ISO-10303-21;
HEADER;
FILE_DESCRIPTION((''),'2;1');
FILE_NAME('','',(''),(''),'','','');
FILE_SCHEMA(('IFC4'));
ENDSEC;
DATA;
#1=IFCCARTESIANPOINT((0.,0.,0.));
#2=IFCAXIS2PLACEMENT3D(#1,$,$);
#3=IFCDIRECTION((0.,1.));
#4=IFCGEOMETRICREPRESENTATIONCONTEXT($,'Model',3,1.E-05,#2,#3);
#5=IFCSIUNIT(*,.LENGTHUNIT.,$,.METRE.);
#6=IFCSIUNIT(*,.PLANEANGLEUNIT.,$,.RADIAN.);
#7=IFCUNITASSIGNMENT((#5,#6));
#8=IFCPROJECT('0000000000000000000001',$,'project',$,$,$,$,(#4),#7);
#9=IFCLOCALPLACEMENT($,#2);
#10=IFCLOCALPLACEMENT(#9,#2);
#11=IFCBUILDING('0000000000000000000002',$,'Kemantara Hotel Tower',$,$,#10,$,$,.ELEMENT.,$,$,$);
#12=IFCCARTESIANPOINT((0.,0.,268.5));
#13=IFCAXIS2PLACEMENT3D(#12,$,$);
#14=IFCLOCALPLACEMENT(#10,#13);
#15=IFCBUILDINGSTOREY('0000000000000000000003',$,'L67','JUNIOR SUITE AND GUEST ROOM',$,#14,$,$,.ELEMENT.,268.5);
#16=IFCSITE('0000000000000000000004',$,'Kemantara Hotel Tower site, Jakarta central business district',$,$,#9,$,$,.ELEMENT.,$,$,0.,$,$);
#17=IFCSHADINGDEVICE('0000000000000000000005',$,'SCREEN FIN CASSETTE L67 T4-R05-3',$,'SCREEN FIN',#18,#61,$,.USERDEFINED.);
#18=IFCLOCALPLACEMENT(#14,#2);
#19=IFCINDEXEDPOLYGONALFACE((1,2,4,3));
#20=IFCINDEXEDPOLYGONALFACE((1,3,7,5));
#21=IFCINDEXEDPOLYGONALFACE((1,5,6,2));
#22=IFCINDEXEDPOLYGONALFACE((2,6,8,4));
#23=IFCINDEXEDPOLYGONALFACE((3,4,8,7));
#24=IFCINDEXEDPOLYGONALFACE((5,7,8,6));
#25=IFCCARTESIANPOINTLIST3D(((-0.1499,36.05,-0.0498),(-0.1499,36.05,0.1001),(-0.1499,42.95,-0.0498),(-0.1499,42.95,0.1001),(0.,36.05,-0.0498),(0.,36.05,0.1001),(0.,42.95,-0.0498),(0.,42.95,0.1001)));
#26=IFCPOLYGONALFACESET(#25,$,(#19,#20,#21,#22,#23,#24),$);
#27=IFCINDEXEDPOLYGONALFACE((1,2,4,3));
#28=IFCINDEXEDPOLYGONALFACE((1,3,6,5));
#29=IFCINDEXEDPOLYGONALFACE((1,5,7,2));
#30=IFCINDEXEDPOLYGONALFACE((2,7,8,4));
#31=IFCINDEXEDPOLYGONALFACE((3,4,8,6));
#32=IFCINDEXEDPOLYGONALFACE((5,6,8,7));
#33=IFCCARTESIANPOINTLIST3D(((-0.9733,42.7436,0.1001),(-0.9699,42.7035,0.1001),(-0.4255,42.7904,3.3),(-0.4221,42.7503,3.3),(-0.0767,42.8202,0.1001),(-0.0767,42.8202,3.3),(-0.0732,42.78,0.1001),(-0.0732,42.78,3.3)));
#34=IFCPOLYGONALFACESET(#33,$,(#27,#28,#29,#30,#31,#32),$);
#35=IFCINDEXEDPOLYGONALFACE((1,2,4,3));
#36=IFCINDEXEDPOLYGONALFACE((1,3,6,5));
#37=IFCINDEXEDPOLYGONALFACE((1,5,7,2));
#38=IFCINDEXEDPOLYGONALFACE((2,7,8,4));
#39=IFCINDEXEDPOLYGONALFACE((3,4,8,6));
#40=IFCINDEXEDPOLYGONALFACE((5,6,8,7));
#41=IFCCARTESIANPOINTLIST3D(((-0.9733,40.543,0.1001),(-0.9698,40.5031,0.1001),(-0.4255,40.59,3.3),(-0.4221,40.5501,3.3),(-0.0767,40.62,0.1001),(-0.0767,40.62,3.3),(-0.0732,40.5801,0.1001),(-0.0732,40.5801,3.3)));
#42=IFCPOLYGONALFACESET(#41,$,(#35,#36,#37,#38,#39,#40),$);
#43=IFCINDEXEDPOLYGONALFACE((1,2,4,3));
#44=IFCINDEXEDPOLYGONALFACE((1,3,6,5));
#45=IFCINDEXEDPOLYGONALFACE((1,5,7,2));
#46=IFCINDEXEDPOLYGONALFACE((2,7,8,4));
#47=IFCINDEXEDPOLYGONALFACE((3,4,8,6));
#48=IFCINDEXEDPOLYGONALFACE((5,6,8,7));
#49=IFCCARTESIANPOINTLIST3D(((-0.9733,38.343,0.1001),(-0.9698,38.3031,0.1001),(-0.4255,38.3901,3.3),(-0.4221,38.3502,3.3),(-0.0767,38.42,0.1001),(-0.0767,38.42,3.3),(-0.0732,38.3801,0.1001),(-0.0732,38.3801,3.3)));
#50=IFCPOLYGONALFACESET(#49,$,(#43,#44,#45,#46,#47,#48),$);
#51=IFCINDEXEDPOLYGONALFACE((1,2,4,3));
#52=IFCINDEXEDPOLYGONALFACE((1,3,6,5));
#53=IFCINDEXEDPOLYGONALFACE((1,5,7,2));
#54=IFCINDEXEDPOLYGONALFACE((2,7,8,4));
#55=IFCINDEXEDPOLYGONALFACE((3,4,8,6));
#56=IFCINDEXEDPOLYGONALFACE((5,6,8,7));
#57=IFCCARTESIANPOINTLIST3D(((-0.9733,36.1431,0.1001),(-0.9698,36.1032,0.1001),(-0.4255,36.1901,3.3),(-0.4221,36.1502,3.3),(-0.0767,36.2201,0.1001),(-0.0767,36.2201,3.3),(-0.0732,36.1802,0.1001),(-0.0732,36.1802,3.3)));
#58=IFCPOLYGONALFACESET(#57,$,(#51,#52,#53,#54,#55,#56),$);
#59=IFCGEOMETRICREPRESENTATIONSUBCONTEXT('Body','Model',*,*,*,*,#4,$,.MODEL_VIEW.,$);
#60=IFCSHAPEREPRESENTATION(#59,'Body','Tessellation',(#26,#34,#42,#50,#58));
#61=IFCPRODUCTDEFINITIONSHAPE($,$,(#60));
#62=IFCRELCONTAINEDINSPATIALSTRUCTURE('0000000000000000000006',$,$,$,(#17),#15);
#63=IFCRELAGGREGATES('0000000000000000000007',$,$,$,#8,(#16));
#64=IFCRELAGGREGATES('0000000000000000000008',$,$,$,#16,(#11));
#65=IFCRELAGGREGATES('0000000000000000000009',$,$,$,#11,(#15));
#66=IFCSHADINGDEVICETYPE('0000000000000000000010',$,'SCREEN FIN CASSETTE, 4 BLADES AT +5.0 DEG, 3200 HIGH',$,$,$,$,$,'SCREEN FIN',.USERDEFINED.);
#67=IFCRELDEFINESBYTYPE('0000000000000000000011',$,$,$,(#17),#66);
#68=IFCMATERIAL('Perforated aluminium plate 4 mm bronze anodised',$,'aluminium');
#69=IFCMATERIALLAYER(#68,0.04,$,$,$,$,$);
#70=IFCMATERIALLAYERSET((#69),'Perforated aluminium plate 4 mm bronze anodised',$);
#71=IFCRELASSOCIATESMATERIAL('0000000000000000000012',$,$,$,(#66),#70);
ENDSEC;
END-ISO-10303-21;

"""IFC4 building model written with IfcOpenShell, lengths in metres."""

from ifc_helpers import new_model, si_unit, direction, frame, origin, origin_2d, place, context, subcontext, project, spatial, polyline, rectangle, outline, extrude, source, transform, mapped, material, layer, layer_set, type_object, element, save


model = new_model("IFC4")

# Units and contexts
model_context = context("Model", 3, precision=1e-05, world=origin(), true_north=direction((0.0, 1.0)))
body_context = subcontext(model_context, "Body", "Model", "MODEL_VIEW")
ifc_project = project(units=[si_unit("LENGTHUNIT", "METRE"), si_unit("PLANEANGLEUNIT", "RADIAN")], contexts=[model_context])

# Site, building, storey
site_placement = place(None, origin())
site = spatial("IfcSite", under=ifc_project, at=site_placement, Name="Kemantara Hotel Tower site, Jakarta central business district", CompositionType="ELEMENT", RefElevation=0.0)
building_placement = place(site_placement, origin())
building = spatial("IfcBuilding", under=site, at=building_placement, Name="Kemantara Hotel Tower", CompositionType="ELEMENT")
storey_placement = place(building_placement, frame((0.0, 0.0, 268.5)))
storey = spatial("IfcBuildingStorey", under=building, at=storey_placement, Name="L67", Description="JUNIOR SUITE AND GUEST ROOM", CompositionType="ELEMENT", Elevation=268.5)

# Shading device
ifc_material_1 = material(Name="Perforated aluminium plate 4 mm bronze anodised", Category="aluminium")
ifc_layer_1 = layer(ifc_material_1, 0.04)
ifc_layer_set_1 = layer_set([ifc_layer_1], Name="Perforated aluminium plate 4 mm bronze anodised")
shading_device_type = type_object("IfcShadingDeviceType", Name="SCREEN FIN CASSETTE, 4 BLADES AT +5.0 DEG, 3200 HIGH", ElementType="SCREEN FIN", PredefinedType="USERDEFINED", material=ifc_layer_set_1)
shared_shape = source(origin(), body_context, "Body", "SweptSolid", [
    extrude(rectangle(XDim=6.8999, YDim=0.1499, at=origin_2d()), frame((3.3, -0.075, -0.1499), z_axis=(0.0, 0.0, 1.0), x_axis=(1.0, 0.0, 0.0)), (0.0, 0.0, 1.0), 0.1499),
    extrude(outline(polyline([(0.0, 0.0), (0.8999, 0.0), (0.3501, 3.2), (0.0, 3.2), (0.0, 0.0)])), frame((0.02, -0.0732, 0.0), z_axis=(-0.996376, -0.085056, 0.0), x_axis=(0.085056, -0.996376, 0.0)), (0.0, 0.0, 1.0), 0.0403),
    extrude(outline(polyline([(0.0, 0.0), (0.8999, 0.0), (0.3501, 3.2), (0.0, 3.2), (0.0, 0.0)])), frame((2.22, -0.0732, 0.0), z_axis=(-0.996332, -0.085575, 0.0), x_axis=(0.085575, -0.996332, 0.0)), (0.0, 0.0, 1.0), 0.04),
    extrude(outline(polyline([(0.0, 0.0), (0.8999, 0.0), (0.3501, 3.2), (0.0, 3.2), (0.0, 0.0)])), frame((4.4199, -0.0732, 0.0), z_axis=(-0.996332, -0.085575, 0.0), x_axis=(0.085575, -0.996332, 0.0)), (0.0, 0.0, 1.0), 0.04),
    extrude(outline(polyline([(0.0, 0.0), (0.8999, 0.0), (0.3501, 3.2), (0.0, 3.2), (0.0, 0.0)])), frame((6.6199, -0.0732, 0.0), z_axis=(-0.996332, -0.085575, 0.0), x_axis=(0.085575, -0.996332, 0.0)), (0.0, 0.0, 1.0), 0.04),
])
shading_device_placement = place(storey_placement, frame((0.0, 42.8, 0.1001), z_axis=(0.0, 0.0, 1.0), x_axis=(0.0, -1.0, 0.0)))
element("IfcShadingDevice", 1, at=shading_device_placement, inside=storey, type_object=shading_device_type, Name="SCREEN FIN CASSETTE L67 T4-R05-3", ObjectType="SCREEN FIN", PredefinedType="USERDEFINED", context=body_context, shape_type="MappedRepresentation", body=[
    mapped(shared_shape, transform((0.0, 0.0, 0.0))),
])

save(model, "model.ifc")
